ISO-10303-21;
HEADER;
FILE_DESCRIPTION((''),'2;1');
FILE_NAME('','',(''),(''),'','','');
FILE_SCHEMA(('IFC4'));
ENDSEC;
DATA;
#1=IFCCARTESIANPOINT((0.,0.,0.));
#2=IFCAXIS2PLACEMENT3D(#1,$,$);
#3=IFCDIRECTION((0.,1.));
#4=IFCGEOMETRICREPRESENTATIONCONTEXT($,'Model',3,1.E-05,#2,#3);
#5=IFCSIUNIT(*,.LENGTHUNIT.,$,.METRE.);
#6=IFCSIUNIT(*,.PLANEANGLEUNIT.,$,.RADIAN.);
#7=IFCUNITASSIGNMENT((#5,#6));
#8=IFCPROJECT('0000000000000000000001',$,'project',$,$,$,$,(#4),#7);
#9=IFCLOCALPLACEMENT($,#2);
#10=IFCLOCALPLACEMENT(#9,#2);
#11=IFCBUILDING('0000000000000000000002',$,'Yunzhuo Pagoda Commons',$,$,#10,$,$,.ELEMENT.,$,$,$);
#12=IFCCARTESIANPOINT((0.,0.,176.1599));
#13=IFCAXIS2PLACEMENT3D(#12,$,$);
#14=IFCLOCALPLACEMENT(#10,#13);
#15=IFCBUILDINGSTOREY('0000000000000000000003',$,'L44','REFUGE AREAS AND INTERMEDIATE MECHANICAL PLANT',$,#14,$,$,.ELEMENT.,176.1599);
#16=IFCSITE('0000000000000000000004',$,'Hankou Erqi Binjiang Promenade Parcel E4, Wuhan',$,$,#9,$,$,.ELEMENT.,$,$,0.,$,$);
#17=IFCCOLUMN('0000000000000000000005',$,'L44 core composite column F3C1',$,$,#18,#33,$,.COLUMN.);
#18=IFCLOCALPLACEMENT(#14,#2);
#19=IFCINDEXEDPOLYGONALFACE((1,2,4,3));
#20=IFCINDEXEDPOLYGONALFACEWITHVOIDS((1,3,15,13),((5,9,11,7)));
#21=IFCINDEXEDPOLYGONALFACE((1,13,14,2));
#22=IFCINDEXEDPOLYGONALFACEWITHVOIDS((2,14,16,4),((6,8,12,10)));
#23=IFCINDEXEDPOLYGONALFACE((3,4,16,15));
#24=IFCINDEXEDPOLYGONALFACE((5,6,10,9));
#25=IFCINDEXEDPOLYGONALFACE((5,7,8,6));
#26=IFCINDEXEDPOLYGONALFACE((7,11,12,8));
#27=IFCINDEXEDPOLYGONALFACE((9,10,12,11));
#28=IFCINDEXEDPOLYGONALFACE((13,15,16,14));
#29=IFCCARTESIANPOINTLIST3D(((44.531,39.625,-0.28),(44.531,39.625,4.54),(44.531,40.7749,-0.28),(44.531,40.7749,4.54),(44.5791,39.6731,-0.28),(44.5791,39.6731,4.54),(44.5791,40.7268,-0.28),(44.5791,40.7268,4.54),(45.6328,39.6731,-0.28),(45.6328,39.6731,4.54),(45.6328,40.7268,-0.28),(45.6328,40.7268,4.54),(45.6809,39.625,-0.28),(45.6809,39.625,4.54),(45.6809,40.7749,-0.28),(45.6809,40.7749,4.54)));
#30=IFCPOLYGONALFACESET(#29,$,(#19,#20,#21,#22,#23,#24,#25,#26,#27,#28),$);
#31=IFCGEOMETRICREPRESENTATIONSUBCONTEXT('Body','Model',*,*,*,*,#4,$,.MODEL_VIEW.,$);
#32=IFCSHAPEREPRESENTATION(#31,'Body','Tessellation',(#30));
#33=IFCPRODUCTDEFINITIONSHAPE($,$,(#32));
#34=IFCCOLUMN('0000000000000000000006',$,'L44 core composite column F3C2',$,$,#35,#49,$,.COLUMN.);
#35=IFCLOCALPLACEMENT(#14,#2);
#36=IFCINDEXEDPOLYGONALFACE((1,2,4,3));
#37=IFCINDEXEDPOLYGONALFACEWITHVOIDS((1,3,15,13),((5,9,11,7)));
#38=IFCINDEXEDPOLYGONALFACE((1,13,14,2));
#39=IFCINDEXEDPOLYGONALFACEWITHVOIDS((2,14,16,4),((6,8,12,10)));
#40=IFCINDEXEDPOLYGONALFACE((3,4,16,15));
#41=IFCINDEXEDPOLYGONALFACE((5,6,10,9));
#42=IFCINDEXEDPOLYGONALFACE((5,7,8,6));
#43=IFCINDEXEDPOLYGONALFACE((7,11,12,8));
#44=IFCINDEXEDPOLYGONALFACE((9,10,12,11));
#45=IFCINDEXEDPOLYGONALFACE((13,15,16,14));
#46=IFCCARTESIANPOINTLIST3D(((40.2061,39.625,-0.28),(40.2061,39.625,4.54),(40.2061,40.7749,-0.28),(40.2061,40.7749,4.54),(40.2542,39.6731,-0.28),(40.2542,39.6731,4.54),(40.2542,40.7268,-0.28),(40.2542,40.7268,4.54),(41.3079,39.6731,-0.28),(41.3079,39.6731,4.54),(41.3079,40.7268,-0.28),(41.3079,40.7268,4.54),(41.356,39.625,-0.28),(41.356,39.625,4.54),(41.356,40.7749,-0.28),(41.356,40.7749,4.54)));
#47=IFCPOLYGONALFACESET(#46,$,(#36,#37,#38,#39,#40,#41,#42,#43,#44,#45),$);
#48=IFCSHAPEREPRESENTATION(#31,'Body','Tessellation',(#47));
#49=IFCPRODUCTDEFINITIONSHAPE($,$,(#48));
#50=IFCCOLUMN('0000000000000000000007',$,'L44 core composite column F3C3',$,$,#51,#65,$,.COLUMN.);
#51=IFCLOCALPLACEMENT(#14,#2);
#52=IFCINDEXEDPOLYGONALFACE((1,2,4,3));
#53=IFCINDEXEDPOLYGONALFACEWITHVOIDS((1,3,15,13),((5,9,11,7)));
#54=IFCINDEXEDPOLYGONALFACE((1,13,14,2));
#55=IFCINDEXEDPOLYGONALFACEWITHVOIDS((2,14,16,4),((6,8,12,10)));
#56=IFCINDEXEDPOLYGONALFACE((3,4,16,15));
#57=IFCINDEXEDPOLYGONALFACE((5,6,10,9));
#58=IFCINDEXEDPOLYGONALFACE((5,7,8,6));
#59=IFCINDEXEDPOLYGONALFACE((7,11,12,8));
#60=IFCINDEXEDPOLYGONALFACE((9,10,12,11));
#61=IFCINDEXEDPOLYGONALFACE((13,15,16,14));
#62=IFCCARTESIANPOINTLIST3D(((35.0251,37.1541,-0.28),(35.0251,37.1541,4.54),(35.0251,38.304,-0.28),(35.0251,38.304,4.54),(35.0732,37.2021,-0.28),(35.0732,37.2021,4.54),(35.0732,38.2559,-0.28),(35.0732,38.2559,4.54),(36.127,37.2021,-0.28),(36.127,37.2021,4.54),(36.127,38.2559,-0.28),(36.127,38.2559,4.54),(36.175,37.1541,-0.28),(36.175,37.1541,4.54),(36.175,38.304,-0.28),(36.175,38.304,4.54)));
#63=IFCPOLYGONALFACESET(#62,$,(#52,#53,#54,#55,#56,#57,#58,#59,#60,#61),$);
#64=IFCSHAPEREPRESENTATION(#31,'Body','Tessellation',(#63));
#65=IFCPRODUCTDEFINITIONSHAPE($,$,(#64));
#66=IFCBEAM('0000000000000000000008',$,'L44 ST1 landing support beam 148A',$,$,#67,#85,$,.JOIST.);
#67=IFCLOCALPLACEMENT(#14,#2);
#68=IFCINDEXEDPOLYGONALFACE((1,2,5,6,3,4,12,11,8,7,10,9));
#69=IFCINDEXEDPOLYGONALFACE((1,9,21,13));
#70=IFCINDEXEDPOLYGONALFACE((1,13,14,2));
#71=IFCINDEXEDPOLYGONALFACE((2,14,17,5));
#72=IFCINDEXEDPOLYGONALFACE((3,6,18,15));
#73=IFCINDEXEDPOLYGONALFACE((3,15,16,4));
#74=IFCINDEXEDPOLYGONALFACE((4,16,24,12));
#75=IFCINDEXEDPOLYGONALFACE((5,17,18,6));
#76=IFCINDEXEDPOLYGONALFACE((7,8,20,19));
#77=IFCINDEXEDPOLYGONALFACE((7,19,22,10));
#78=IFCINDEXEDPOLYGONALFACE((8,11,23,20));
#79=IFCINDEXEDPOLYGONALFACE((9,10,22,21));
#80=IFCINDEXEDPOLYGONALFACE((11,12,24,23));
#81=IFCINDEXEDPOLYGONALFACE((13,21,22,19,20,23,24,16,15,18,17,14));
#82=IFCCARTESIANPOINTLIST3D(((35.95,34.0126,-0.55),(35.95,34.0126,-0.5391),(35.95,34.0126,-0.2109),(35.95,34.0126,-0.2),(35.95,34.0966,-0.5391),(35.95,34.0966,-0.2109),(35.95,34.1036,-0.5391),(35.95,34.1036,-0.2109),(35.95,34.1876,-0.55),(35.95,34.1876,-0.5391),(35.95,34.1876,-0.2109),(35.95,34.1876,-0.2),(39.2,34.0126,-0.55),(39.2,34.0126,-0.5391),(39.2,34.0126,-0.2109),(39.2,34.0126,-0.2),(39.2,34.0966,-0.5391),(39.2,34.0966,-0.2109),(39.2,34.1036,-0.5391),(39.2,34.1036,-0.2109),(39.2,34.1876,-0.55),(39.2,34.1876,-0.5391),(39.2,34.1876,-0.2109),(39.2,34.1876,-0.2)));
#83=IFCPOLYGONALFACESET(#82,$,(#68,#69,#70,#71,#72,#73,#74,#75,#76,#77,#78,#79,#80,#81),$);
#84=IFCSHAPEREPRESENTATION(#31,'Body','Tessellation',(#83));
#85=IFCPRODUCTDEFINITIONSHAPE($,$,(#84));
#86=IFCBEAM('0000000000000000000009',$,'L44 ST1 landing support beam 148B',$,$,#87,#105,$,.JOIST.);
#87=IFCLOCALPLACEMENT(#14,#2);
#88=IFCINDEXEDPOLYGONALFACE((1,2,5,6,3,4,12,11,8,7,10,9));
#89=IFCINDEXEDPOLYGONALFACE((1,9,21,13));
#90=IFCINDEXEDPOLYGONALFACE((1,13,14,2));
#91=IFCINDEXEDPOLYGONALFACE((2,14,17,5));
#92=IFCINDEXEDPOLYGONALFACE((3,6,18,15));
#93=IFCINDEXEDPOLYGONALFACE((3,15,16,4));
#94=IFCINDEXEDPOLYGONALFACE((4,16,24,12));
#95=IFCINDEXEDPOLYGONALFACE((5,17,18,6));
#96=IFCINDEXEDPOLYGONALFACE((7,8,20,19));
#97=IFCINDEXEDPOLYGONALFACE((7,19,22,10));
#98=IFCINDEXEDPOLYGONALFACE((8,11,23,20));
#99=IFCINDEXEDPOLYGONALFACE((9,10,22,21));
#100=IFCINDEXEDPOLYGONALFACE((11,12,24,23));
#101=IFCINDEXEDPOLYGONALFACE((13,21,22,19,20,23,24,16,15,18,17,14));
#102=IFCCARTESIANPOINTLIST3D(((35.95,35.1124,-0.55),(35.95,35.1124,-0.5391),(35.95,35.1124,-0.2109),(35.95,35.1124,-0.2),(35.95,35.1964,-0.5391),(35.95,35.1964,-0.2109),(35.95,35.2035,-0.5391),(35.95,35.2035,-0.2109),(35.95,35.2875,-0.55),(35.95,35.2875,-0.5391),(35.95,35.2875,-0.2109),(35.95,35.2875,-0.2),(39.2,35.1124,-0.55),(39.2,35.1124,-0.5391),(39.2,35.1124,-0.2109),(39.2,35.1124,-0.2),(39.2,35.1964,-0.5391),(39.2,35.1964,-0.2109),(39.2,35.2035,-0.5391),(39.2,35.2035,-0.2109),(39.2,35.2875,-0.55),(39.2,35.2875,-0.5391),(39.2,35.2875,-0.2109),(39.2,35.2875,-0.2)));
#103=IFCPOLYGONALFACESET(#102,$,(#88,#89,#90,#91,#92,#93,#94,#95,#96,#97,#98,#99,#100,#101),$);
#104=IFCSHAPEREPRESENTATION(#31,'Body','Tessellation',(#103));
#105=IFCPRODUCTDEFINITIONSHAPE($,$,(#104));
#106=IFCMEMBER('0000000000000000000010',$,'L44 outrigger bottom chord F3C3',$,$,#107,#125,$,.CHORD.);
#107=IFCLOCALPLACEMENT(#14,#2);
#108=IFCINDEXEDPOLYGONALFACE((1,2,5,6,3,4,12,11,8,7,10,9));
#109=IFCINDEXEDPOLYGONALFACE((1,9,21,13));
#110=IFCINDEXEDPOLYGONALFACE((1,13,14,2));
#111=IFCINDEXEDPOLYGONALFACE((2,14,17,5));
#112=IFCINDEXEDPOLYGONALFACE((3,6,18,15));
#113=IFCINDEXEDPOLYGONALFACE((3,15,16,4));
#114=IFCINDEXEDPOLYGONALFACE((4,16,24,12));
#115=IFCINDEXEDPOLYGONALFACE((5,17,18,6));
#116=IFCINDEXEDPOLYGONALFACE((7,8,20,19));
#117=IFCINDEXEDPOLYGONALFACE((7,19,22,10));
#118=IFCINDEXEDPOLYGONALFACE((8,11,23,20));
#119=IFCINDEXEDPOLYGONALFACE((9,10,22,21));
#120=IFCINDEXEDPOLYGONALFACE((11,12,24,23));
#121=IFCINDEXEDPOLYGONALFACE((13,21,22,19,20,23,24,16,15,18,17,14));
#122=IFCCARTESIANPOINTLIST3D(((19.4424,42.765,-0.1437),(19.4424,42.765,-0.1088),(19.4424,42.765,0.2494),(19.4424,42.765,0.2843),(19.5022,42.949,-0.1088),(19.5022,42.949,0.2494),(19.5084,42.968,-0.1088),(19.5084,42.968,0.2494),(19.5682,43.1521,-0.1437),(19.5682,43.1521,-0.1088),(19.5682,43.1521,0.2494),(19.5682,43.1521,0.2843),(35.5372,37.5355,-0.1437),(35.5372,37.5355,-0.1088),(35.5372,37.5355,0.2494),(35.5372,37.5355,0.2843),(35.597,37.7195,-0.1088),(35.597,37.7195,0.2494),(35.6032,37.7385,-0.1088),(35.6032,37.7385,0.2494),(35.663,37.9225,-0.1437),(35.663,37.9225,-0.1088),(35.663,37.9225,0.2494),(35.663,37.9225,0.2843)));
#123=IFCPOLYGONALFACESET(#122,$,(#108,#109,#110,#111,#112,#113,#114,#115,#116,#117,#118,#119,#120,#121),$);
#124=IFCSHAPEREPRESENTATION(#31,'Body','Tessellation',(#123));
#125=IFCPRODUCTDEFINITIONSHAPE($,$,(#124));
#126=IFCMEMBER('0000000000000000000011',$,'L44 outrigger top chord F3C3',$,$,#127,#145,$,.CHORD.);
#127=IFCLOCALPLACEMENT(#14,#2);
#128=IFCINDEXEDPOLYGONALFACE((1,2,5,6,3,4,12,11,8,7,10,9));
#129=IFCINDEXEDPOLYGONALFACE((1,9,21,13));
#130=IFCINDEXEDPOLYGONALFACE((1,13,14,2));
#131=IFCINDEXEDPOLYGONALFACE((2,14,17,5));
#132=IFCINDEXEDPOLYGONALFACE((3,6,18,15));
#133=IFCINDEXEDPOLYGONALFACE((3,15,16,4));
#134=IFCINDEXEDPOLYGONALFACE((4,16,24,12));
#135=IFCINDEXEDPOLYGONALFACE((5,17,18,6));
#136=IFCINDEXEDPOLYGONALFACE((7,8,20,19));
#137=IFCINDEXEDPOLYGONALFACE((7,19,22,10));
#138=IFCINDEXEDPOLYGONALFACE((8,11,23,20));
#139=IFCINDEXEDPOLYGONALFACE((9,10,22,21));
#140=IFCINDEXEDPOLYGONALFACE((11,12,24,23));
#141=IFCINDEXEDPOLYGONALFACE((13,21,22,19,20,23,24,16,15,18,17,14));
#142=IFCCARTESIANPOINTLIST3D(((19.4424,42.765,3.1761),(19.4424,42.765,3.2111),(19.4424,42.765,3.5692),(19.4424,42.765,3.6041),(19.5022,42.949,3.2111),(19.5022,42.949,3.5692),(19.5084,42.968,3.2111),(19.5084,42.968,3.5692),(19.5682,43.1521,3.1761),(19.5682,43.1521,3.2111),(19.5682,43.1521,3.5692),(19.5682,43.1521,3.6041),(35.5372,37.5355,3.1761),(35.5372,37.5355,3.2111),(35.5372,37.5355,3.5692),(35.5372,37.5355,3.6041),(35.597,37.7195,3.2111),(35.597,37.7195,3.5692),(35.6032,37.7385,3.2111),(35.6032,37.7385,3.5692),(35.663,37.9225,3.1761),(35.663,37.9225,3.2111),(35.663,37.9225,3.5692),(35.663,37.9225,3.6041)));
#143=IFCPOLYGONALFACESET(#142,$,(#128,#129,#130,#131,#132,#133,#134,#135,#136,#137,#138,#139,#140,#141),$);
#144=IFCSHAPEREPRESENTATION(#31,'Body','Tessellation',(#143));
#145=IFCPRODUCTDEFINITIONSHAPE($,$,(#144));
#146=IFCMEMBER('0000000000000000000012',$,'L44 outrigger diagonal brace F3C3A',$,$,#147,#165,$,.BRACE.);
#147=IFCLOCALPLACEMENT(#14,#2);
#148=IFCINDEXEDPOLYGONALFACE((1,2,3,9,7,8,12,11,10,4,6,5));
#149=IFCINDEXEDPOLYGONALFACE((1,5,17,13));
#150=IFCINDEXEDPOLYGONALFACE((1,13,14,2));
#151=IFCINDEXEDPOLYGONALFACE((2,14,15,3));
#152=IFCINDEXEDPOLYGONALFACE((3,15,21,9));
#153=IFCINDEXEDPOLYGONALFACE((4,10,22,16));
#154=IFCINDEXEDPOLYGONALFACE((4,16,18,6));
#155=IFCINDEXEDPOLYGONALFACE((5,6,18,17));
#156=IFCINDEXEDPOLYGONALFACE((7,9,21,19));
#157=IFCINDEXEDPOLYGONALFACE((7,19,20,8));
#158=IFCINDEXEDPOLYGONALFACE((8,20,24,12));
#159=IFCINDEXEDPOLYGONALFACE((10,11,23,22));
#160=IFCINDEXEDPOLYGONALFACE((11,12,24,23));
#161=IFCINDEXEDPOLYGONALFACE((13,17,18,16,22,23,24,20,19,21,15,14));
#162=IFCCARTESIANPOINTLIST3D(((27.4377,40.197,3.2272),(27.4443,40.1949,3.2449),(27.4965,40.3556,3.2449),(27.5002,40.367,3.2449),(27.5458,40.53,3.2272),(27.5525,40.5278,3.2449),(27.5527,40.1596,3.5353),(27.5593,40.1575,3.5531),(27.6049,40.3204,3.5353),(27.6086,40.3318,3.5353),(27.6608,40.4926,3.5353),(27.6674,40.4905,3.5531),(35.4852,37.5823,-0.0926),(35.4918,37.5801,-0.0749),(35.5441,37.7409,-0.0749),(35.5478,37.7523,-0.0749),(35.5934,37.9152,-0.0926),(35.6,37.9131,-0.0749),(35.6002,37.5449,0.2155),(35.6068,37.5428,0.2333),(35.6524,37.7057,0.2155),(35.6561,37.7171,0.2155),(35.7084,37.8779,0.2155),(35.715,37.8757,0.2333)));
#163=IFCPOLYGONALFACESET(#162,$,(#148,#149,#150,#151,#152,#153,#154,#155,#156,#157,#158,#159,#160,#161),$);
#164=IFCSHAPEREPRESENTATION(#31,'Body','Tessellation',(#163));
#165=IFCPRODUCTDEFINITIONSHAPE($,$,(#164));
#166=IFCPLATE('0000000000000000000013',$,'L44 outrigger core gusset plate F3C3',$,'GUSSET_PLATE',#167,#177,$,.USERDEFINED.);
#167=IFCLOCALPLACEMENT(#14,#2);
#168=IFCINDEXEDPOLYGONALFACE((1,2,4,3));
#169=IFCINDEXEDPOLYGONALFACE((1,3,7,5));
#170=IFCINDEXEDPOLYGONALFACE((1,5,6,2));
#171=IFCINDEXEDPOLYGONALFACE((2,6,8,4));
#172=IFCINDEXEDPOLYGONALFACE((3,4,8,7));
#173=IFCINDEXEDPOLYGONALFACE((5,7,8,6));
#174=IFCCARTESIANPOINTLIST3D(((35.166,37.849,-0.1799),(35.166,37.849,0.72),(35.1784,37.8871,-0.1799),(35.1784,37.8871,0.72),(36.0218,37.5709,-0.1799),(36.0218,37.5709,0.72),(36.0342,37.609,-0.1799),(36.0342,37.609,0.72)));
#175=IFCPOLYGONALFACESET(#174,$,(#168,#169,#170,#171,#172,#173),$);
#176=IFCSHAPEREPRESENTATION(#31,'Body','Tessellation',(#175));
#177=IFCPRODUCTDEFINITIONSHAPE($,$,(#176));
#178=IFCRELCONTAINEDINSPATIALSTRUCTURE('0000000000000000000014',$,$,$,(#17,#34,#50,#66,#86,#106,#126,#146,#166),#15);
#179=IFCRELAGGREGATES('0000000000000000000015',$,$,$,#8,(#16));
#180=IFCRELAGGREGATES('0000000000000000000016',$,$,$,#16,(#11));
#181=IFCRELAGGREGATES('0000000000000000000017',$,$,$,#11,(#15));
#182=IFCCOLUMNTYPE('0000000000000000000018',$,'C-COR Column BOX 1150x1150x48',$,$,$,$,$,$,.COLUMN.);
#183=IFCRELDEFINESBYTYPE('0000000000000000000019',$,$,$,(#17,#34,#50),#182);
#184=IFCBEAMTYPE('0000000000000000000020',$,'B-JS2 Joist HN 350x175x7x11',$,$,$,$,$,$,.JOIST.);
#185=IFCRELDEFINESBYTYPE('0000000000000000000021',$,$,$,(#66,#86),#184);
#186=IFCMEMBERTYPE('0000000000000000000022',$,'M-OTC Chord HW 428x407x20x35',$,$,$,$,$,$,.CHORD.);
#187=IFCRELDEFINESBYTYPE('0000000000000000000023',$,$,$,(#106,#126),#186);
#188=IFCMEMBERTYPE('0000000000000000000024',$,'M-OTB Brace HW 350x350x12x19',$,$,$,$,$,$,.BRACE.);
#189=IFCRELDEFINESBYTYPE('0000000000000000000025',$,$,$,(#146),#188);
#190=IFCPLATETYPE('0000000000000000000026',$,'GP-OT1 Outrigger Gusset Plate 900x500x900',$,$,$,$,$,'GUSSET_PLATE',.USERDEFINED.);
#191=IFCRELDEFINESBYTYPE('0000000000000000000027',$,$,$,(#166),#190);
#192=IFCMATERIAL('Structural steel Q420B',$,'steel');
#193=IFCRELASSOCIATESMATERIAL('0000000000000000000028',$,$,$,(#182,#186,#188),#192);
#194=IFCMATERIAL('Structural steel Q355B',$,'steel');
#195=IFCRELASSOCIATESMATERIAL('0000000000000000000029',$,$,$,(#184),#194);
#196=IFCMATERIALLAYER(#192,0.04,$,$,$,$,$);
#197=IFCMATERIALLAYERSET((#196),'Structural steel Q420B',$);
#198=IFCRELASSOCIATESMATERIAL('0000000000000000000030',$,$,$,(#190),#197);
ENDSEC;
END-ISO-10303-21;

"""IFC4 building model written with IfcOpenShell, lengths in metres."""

from ifc_helpers import new_model, si_unit, direction, frame, origin, origin_2d, place, context, subcontext, project, spatial, rectangle, hollow_rectangle, i_section, extrude, source, transform, mapped, material, layer, layer_set, material_profile, profile_set, type_object, element, save


model = new_model("IFC4")

# Units and contexts
model_context = context("Model", 3, precision=1e-05, world=origin(), true_north=direction((0.0, 1.0)))
body_context = subcontext(model_context, "Body", "Model", "MODEL_VIEW")
ifc_project = project(units=[si_unit("LENGTHUNIT", "METRE"), si_unit("PLANEANGLEUNIT", "RADIAN")], contexts=[model_context])

# Site, building, storey
site_placement = place(None, origin())
site = spatial("IfcSite", under=ifc_project, at=site_placement, Name="Hankou Erqi Binjiang Promenade Parcel E4, Wuhan", CompositionType="ELEMENT", RefElevation=0.0)
building_placement = place(site_placement, origin())
building = spatial("IfcBuilding", under=site, at=building_placement, Name="Yunzhuo Pagoda Commons", CompositionType="ELEMENT")
storey_placement = place(building_placement, frame((0.0, 0.0, 176.1599)))
storey = spatial("IfcBuildingStorey", under=building, at=storey_placement, Name="L44", Description="REFUGE AREAS AND INTERMEDIATE MECHANICAL PLANT", CompositionType="ELEMENT", Elevation=176.1599)

# Columns
ifc_material_1 = material(Name="Structural steel Q420B", Category="steel")
ifc_material_profile_1 = material_profile(ifc_material_1, hollow_rectangle(XDim=1.1499, YDim=1.1499, WallThickness=0.0481, at=origin_2d()), Name="Structural steel Q420B")
ifc_profile_set_1 = profile_set([ifc_material_profile_1], Name="Structural steel Q420B")
column_type = type_object("IfcColumnType", Name="C-COR Column BOX 1150x1150x48", PredefinedType="COLUMN", material=ifc_profile_set_1)
shared_shape_1 = source(origin(), body_context, "Body", "SweptSolid", [
    extrude(hollow_rectangle(XDim=1.1499, YDim=1.1499, WallThickness=0.0481, at=origin_2d()), origin(), (0.0, 0.0, 1.0), 4.8201),
])
for number, where, z_axis, x_axis, name in (
    (1, (45.106, 40.2, -0.28), (0.0, 0.0, 1.0), (1.0, 0.0, 0.0), "L44 core composite column F3C1"),
    (2, (40.781, 40.2, -0.28), (0.0, 0.0, 1.0), (1.0, 0.0, 0.0), "L44 core composite column F3C2"),
    (3, (35.6001, 37.729, -0.28), (0.0, 0.0, 1.0), (1.0, 0.0, 0.0), "L44 core composite column F3C3"),
):
    element("IfcColumn", number, at=place(storey_placement, frame(where, z_axis=z_axis, x_axis=x_axis)), inside=storey, type_object=column_type, Name=name, PredefinedType="COLUMN", context=body_context, shape_type="MappedRepresentation", body=[
        mapped(shared_shape_1, transform((0.0, 0.0, 0.0), scale=1.0)),
    ])

# Beams
ifc_material_2 = material(Name="Structural steel Q355B", Category="steel")
ifc_material_profile_2 = material_profile(ifc_material_2, i_section(OverallWidth=0.175, OverallDepth=0.3501, WebThickness=0.0071, FlangeThickness=0.011, at=origin_2d()), Name="Structural steel Q355B")
ifc_profile_set_2 = profile_set([ifc_material_profile_2], Name="Structural steel Q355B")
beam_type = type_object("IfcBeamType", Name="B-JS2 Joist HN 350x175x7x11", PredefinedType="JOIST", material=ifc_profile_set_2)
shared_shape_2 = source(origin(), body_context, "Body", "SweptSolid", [
    extrude(i_section(OverallWidth=0.175, OverallDepth=0.3501, WebThickness=0.0071, FlangeThickness=0.011, at=origin_2d()), origin(), (0.0, 0.0, 1.0), 3.25),
])
for number, where, z_axis, x_axis, name in (
    (4, (35.95, 34.1001, -0.375), (1.0, 0.0, 0.0), (0.0, 1.0, 0.0), "L44 ST1 landing support beam 148A"),
    (5, (35.95, 35.2, -0.375), (1.0, 0.0, 0.0), (0.0, 1.0, 0.0), "L44 ST1 landing support beam 148B"),
):
    element("IfcBeam", number, at=place(storey_placement, frame(where, z_axis=z_axis, x_axis=x_axis)), inside=storey, type_object=beam_type, Name=name, PredefinedType="JOIST", context=body_context, shape_type="MappedRepresentation", body=[
        mapped(shared_shape_2, transform((0.0, 0.0, 0.0), scale=1.0)),
    ])

# Members
ifc_material_profile_3 = material_profile(ifc_material_1, i_section(OverallWidth=0.407, OverallDepth=0.428, WebThickness=0.02, FlangeThickness=0.0349, at=origin_2d()), Name="Structural steel Q420B")
ifc_profile_set_3 = profile_set([ifc_material_profile_3], Name="Structural steel Q420B")
member_type_1 = type_object("IfcMemberType", Name="M-OTC Chord HW 428x407x20x35", PredefinedType="CHORD", material=ifc_profile_set_3)
shared_shape_3 = source(origin(), body_context, "Body", "SweptSolid", [
    extrude(i_section(OverallWidth=0.407, OverallDepth=0.428, WebThickness=0.02, FlangeThickness=0.0349, at=origin_2d()), origin(), (0.0, 0.0, 1.0), 16.9231),
])
for number, where, z_axis, x_axis, name in (
    (6, (35.6001, 37.729, 0.0703), (-0.951057, 0.309017, 0.0), (-0.309017, -0.951057, 0.0), "L44 outrigger bottom chord F3C3"),
    (7, (35.6001, 37.729, 3.3901), (-0.951057, 0.309017, 0.0), (-0.309017, -0.951057, 0.0), "L44 outrigger top chord F3C3"),
):
    element("IfcMember", number, at=place(storey_placement, frame(where, z_axis=z_axis, x_axis=x_axis)), inside=storey, type_object=member_type_1, Name=name, PredefinedType="CHORD", context=body_context, shape_type="MappedRepresentation", body=[
        mapped(shared_shape_3, transform((0.0, 0.0, 0.0), scale=1.0)),
    ])
ifc_material_profile_4 = material_profile(ifc_material_1, i_section(OverallWidth=0.3501, OverallDepth=0.3501, WebThickness=0.012, FlangeThickness=0.019, at=origin_2d()), Name="Structural steel Q420B")
ifc_profile_set_4 = profile_set([ifc_material_profile_4], Name="Structural steel Q420B")
member_type_2 = type_object("IfcMemberType", Name="M-OTB Brace HW 350x350x12x19", PredefinedType="BRACE", material=ifc_profile_set_4)
shared_shape_4 = source(origin(), body_context, "Body", "SweptSolid", [
    extrude(i_section(OverallWidth=0.3501, OverallDepth=0.3501, WebThickness=0.012, FlangeThickness=0.019, at=origin_2d()), origin(), (0.0, 0.0, 1.0), 9.0896),
])
member_placement = place(storey_placement, frame((35.6001, 37.729, 0.0703), z_axis=(-0.885357, 0.287661, 0.36523), x_axis=(-0.309008, -0.951059, 0.0)))
element("IfcMember", 8, at=member_placement, inside=storey, type_object=member_type_2, Name="L44 outrigger diagonal brace F3C3A", PredefinedType="BRACE", context=body_context, shape_type="MappedRepresentation", body=[
    mapped(shared_shape_4, transform((0.0, 0.0, 0.0), scale=1.0)),
])

# Plate
ifc_layer_1 = layer(ifc_material_1, 0.04)
ifc_layer_set_1 = layer_set([ifc_layer_1], Name="Structural steel Q420B")
plate_type = type_object("IfcPlateType", Name="GP-OT1 Outrigger Gusset Plate 900x500x900", ElementType="GUSSET_PLATE", PredefinedType="USERDEFINED", material=ifc_layer_set_1)
shared_shape_5 = source(origin(), body_context, "Body", "SweptSolid", [
    extrude(rectangle(XDim=0.8999, YDim=0.04, at=origin_2d()), origin(), (0.0, 0.0, 1.0), 0.8999),
])
plate_placement = place(storey_placement, frame((35.6001, 37.729, -0.1799), z_axis=(0.0, 0.0, 1.0), x_axis=(-0.951057, 0.309017, 0.0)))
element("IfcPlate", 9, at=plate_placement, inside=storey, type_object=plate_type, Name="L44 outrigger core gusset plate F3C3", ObjectType="GUSSET_PLATE", PredefinedType="USERDEFINED", context=body_context, shape_type="MappedRepresentation", body=[
    mapped(shared_shape_5, transform((0.0, 0.0, 0.0), scale=1.0)),
])

save(model, "model.ifc")
